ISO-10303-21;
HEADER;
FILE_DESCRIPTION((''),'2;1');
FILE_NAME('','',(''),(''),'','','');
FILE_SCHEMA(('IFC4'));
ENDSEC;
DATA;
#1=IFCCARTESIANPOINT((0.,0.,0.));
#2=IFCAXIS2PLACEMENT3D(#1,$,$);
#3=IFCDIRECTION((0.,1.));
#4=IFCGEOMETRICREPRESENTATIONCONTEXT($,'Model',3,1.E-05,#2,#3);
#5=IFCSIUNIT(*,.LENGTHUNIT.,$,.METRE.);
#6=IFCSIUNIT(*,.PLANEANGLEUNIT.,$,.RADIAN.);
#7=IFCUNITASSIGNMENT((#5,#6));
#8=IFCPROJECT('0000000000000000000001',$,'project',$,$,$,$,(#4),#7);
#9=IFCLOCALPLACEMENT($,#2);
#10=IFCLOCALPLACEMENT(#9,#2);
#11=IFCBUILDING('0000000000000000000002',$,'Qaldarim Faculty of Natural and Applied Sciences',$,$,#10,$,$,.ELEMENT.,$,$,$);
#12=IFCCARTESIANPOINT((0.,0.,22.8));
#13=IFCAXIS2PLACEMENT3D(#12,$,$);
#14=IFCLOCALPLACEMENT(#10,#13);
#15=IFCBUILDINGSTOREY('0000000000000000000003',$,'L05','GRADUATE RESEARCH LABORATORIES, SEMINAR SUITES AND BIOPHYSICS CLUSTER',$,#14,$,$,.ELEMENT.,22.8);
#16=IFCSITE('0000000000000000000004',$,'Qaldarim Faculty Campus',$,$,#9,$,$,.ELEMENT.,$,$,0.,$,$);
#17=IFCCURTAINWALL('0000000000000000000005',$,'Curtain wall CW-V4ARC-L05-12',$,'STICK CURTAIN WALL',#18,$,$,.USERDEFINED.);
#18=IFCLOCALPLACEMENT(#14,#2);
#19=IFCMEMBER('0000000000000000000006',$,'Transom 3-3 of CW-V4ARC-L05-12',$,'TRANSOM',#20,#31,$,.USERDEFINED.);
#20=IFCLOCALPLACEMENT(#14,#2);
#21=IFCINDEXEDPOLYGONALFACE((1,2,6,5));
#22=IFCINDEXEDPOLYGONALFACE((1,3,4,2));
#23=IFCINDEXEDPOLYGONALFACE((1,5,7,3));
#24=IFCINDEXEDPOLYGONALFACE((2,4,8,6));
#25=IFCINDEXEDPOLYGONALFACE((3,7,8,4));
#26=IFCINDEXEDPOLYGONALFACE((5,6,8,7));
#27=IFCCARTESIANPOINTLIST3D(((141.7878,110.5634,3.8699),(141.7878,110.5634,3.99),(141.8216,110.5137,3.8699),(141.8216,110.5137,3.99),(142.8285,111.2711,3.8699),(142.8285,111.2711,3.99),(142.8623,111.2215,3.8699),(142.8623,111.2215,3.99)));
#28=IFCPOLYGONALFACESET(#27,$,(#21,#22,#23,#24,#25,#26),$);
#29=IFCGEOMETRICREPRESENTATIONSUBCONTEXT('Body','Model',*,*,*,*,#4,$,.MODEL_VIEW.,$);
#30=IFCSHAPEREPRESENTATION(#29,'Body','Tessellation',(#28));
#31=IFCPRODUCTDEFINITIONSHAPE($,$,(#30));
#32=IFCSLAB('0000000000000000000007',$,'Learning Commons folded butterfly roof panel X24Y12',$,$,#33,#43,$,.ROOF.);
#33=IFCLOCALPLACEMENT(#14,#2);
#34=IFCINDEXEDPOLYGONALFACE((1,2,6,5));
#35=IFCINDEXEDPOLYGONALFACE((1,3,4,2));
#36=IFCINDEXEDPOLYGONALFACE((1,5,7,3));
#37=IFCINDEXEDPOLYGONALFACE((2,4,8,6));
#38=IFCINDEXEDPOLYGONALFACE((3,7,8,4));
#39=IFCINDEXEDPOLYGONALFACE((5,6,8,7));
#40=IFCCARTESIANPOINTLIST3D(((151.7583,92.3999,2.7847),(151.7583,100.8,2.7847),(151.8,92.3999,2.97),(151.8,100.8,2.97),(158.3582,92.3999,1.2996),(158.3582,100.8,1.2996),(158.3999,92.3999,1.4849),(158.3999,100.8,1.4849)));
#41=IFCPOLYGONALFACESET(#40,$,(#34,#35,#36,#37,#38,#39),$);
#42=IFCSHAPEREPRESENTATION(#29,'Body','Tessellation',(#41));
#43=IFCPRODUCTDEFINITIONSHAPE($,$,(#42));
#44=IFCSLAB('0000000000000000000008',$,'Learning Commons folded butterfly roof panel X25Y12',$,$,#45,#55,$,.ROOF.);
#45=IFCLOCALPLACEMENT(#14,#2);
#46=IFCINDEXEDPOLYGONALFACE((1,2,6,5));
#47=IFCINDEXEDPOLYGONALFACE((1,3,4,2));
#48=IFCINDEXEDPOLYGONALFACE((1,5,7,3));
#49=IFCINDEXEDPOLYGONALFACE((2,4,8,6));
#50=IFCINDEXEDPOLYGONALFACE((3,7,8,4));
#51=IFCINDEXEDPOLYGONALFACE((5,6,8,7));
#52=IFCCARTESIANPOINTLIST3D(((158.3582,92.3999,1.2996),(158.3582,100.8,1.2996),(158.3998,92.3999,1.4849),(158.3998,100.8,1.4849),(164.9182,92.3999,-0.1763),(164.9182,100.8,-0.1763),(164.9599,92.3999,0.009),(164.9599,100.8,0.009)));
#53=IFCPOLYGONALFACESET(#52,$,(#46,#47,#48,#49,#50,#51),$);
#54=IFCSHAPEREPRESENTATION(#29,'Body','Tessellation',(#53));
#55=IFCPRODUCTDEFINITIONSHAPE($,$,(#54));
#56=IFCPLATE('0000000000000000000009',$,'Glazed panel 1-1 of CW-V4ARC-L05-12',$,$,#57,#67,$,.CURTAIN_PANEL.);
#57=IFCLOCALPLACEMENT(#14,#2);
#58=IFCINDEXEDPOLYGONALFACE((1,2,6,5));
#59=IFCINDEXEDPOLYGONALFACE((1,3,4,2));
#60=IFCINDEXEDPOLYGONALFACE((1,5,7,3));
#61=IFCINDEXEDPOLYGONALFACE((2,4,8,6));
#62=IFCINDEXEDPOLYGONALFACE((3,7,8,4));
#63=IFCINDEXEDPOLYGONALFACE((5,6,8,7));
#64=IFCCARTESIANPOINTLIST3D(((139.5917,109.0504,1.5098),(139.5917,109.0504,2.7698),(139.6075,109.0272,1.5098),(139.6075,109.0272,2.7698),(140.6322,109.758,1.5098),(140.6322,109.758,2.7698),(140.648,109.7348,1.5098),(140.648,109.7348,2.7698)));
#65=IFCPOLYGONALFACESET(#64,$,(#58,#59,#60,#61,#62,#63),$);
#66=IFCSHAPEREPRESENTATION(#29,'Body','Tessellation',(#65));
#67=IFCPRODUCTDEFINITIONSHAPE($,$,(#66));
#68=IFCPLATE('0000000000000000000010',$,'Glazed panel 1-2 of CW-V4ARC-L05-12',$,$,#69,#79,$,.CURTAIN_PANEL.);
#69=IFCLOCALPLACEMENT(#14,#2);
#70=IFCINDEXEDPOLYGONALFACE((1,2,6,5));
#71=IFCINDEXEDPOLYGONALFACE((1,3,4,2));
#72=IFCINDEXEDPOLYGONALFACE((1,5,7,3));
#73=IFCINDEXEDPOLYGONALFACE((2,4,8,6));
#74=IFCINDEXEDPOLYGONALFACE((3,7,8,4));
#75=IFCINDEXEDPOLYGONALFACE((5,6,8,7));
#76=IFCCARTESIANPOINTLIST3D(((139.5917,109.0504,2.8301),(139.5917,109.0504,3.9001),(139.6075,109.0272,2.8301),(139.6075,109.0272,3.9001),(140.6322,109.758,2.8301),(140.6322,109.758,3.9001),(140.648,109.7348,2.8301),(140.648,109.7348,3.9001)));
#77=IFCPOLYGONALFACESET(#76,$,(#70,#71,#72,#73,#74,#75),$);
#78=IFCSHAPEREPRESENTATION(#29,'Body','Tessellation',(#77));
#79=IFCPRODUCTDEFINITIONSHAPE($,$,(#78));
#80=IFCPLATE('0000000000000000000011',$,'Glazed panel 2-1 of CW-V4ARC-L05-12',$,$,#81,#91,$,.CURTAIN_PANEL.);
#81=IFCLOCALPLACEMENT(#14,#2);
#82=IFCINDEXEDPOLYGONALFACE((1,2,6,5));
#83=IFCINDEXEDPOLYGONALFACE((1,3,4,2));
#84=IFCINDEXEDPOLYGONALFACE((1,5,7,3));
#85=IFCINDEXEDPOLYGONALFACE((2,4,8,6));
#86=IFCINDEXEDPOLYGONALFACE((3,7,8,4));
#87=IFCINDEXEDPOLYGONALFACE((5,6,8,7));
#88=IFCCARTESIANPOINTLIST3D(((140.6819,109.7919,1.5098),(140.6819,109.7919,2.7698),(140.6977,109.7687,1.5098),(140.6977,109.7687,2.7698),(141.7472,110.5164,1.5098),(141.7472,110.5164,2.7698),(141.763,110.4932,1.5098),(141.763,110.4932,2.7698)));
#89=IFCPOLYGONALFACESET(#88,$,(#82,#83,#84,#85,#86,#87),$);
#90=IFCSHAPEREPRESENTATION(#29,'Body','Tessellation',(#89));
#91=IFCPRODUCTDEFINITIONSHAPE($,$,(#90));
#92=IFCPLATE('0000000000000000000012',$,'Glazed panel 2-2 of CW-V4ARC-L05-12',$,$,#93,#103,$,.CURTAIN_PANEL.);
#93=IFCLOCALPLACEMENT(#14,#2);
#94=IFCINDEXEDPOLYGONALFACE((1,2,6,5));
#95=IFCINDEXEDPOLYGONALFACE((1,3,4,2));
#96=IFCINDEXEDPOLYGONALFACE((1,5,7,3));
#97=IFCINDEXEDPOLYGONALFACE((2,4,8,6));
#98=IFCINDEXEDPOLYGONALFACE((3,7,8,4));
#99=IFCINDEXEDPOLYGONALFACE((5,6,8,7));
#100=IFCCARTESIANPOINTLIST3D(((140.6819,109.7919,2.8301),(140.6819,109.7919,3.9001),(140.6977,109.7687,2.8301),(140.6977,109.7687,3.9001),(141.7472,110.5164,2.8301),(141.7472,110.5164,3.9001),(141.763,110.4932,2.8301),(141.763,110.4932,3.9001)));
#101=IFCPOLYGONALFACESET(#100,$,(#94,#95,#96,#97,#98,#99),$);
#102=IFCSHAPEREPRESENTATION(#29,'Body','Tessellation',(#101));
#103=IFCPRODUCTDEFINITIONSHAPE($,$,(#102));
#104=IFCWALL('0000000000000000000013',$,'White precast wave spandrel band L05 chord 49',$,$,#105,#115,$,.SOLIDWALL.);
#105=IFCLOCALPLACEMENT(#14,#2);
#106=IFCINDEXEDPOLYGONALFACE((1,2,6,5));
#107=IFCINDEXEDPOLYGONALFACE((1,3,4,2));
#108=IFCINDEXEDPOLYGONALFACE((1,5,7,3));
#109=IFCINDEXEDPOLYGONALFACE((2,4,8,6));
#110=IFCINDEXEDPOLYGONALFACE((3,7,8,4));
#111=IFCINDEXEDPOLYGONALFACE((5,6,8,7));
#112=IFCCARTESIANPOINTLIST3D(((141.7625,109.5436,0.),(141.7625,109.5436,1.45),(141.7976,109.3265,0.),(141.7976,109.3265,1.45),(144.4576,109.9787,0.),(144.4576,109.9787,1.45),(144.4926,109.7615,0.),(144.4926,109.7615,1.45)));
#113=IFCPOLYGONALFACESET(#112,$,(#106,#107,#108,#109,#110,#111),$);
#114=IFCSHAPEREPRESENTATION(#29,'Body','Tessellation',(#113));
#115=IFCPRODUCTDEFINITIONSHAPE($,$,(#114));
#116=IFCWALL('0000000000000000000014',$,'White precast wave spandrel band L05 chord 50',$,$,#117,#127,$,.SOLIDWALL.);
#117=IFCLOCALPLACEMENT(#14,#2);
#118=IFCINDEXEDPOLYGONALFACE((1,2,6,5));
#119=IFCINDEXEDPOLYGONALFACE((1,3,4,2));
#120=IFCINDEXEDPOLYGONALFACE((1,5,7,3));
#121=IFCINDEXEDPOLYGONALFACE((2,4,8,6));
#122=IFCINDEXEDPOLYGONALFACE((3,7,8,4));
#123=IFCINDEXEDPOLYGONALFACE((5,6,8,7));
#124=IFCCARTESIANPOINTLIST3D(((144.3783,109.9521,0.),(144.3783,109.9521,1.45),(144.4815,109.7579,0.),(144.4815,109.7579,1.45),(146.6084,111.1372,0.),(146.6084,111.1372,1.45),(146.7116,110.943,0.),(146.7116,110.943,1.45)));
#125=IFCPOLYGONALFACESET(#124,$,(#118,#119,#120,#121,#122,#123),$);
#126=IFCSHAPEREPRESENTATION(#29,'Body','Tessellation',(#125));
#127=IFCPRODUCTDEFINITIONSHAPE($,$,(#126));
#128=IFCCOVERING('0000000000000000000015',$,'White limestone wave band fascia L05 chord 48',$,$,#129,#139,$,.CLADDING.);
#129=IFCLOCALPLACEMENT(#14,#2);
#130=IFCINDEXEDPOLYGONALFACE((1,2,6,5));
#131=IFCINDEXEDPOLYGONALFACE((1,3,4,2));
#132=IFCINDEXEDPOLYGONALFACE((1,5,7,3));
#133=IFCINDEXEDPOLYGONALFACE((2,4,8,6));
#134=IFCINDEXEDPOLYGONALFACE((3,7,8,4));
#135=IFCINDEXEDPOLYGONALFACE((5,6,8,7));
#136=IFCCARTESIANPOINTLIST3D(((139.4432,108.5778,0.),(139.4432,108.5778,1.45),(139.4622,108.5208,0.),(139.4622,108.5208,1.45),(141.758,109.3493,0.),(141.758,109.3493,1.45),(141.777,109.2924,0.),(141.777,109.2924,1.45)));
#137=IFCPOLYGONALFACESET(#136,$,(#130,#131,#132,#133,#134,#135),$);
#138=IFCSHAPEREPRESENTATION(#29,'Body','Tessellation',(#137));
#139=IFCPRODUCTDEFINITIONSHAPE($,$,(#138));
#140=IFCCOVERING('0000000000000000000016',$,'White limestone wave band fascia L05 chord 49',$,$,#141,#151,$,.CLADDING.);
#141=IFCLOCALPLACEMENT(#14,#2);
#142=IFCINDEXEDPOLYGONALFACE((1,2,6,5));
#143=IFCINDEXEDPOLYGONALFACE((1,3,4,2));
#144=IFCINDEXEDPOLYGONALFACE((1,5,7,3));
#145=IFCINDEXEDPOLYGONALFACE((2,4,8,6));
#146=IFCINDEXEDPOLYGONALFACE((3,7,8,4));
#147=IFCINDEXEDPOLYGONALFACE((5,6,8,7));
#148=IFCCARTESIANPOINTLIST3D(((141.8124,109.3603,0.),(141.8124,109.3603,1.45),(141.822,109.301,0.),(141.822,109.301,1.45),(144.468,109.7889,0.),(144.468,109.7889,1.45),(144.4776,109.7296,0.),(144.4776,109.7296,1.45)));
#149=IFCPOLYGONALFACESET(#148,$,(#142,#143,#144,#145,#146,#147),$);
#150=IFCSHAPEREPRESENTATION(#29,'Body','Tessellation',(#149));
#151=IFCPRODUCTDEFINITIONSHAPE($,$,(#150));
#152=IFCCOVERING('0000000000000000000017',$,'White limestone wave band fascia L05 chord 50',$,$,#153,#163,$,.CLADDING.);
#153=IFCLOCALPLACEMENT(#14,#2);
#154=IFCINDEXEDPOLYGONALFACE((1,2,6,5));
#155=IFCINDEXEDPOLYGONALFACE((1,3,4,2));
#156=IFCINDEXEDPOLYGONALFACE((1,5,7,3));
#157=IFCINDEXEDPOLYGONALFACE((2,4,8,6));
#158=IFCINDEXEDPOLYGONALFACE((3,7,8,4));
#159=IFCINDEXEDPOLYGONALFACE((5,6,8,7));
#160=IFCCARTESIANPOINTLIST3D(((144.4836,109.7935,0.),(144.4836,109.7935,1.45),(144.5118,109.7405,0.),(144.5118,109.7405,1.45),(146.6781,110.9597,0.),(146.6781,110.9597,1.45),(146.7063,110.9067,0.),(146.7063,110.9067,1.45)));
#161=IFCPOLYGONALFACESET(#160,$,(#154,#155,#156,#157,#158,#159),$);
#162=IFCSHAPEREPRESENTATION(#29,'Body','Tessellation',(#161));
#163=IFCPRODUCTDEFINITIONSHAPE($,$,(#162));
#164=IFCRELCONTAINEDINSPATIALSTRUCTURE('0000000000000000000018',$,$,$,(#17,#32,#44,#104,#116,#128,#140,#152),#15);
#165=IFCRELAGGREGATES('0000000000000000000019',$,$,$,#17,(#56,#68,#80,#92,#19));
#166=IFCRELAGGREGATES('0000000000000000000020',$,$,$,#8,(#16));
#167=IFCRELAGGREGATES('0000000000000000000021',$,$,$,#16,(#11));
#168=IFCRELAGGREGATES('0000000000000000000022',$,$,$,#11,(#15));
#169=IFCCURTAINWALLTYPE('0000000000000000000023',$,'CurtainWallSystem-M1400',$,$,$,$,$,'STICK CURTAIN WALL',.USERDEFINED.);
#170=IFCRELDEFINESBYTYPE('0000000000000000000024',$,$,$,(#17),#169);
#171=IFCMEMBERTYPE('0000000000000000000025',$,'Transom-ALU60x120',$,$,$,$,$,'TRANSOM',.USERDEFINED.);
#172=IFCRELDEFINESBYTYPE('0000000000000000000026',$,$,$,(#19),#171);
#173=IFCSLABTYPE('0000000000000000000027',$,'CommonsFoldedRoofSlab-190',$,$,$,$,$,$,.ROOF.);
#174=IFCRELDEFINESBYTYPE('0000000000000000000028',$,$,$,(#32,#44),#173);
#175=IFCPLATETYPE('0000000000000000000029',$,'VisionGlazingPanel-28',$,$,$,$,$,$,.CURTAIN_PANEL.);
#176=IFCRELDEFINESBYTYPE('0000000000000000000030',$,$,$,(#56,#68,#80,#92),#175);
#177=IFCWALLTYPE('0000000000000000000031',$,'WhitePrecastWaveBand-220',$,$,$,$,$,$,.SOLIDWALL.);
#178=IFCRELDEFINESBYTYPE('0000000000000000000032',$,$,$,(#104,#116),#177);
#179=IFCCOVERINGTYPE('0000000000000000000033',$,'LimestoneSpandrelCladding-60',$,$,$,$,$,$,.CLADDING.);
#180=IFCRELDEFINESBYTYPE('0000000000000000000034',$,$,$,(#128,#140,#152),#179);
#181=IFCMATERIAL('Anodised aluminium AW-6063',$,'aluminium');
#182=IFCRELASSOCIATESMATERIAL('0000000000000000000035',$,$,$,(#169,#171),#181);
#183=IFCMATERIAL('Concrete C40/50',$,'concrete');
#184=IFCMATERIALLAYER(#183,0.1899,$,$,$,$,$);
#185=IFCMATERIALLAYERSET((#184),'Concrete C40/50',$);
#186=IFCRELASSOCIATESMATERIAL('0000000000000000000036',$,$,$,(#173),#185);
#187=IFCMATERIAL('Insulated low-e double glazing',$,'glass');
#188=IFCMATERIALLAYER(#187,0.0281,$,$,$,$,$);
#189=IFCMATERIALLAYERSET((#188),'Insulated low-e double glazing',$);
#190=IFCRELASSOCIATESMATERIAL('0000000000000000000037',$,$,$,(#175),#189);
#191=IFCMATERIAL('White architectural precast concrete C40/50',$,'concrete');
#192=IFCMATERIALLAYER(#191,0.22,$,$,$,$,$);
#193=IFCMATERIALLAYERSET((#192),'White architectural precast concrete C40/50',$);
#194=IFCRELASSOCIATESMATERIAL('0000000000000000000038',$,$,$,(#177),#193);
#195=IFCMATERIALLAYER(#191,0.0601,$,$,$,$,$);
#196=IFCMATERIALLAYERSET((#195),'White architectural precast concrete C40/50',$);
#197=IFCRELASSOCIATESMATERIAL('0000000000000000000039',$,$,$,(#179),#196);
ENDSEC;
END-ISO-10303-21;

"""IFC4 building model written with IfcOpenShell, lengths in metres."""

from ifc_helpers import new_model, si_unit, direction, frame, frame_2d, origin, origin_2d, place, context, subcontext, project, spatial, polyline, rectangle, outline, extrude, material, layer, layer_set, material_profile, profile_set, type_object, element, aggregate, save


model = new_model("IFC4")

# Units and contexts
model_context = context("Model", 3, precision=1e-05, world=origin(), true_north=direction((0.0, 1.0)))
body_context = subcontext(model_context, "Body", "Model", "MODEL_VIEW")
ifc_project = project(units=[si_unit("LENGTHUNIT", "METRE"), si_unit("PLANEANGLEUNIT", "RADIAN")], contexts=[model_context])

# Site, building, storey
site_placement = place(None, origin())
site = spatial("IfcSite", under=ifc_project, at=site_placement, Name="Qaldarim Faculty Campus", CompositionType="ELEMENT", RefElevation=0.0)
building_placement = place(site_placement, origin())
building = spatial("IfcBuilding", under=site, at=building_placement, Name="Qaldarim Faculty of Natural and Applied Sciences", CompositionType="ELEMENT")
storey_placement = place(building_placement, frame((0.0, 0.0, 22.8)))
storey = spatial("IfcBuildingStorey", under=building, at=storey_placement, Name="L05", Description="GRADUATE RESEARCH LABORATORIES, SEMINAR SUITES AND BIOPHYSICS CLUSTER", CompositionType="ELEMENT", Elevation=22.8)

# Curtain wall
ifc_material_1 = material(Name="Anodised aluminium AW-6063", Category="aluminium")
curtain_wall_type = type_object("IfcCurtainWallType", Name="CurtainWallSystem-M1400", ElementType="STICK CURTAIN WALL", PredefinedType="USERDEFINED", material=ifc_material_1)
curtain_wall_placement = place(storey_placement, origin())
curtain_wall = element("IfcCurtainWall", 1, at=curtain_wall_placement, inside=storey, type_object=curtain_wall_type, Name="Curtain wall CW-V4ARC-L05-12", ObjectType="STICK CURTAIN WALL", PredefinedType="USERDEFINED")

# Shared definitions
ifc_material_2 = material(Name="Concrete C40/50", Category="concrete")

# Member
ifc_material_profile_1 = material_profile(ifc_material_1, rectangle(XDim=0.0601, YDim=0.1201, at=origin_2d()), Name="ALU-T60x120")
ifc_profile_set_1 = profile_set([ifc_material_profile_1], Name="Anodised aluminium AW-6063")
member_type_1 = type_object("IfcMemberType", Name="Transom-ALU60x120", ElementType="TRANSOM", PredefinedType="USERDEFINED", material=ifc_profile_set_1)
member_1_placement = place(storey_placement, frame((141.8047, 110.5386, 3.9299), z_axis=(0.826912, 0.562331, 0.0), x_axis=(-0.562331, 0.826912, 0.0)))
member_1 = element("IfcMember", 2, at=member_1_placement, type_object=member_type_1, Name="Transom 3-3 of CW-V4ARC-L05-12", ObjectType="TRANSOM", PredefinedType="USERDEFINED", context=body_context, shape_type="SweptSolid", body=[
    extrude(rectangle(XDim=0.0601, YDim=0.1201, at=origin_2d()), origin(), (0.0, 0.0, 1.0), 1.2585),
])

# Slabs
ifc_layer_1 = layer(ifc_material_2, 0.1899)
ifc_layer_set_1 = layer_set([ifc_layer_1], Name="Concrete C40/50")
slab_type = type_object("IfcSlabType", Name="CommonsFoldedRoofSlab-190", PredefinedType="ROOF", material=ifc_layer_set_1)
slab_1_placement = place(storey_placement, frame((151.7583, 92.3999, 2.7847), z_axis=(0.219532, 0.0, 0.975605), x_axis=(0.975605, 0.0, -0.219532)))
element("IfcSlab", 3, at=slab_1_placement, inside=storey, type_object=slab_type, Name="Learning Commons folded butterfly roof panel X24Y12", PredefinedType="ROOF", context=body_context, shape_type="SweptSolid", body=[
    extrude(outline(polyline([(0.0, 0.0), (6.7649, 0.0), (6.7649, 8.4001), (0.0, 8.4001), (0.0, 0.0)])), origin(), (0.0, 0.0, 1.0), 0.1899),
])
slab_2_placement = place(storey_placement, frame((158.3582, 92.3999, 1.2996), z_axis=(0.219486, 0.0, 0.975616), x_axis=(0.975616, 0.0, -0.219486)))
element("IfcSlab", 4, at=slab_2_placement, inside=storey, type_object=slab_type, Name="Learning Commons folded butterfly roof panel X25Y12", PredefinedType="ROOF", context=body_context, shape_type="SweptSolid", body=[
    extrude(outline(polyline([(0.0, 0.0), (6.724, 0.0), (6.724, 8.4001), (0.0, 8.4001), (0.0, 0.0)])), origin(), (0.0, 0.0, 1.0), 0.1899),
])

# Plates
ifc_material_3 = material(Name="Insulated low-e double glazing", Category="glass")
ifc_layer_2 = layer(ifc_material_3, 0.0281)
ifc_layer_set_2 = layer_set([ifc_layer_2], Name="Insulated low-e double glazing")
plate_type = type_object("IfcPlateType", Name="VisionGlazingPanel-28", PredefinedType="CURTAIN_PANEL", material=ifc_layer_set_2)
plate_1_placement = place(storey_placement, frame((140.1199, 109.3926, 1.5098), z_axis=(0.0, 0.0, 1.0), x_axis=(0.826884, 0.562372, 0.0)))
plate_1 = element("IfcPlate", 5, at=plate_1_placement, type_object=plate_type, Name="Glazed panel 1-1 of CW-V4ARC-L05-12", PredefinedType="CURTAIN_PANEL", context=body_context, shape_type="SweptSolid", body=[
    extrude(rectangle(XDim=1.2583, YDim=0.0281, at=origin_2d()), origin(), (0.0, 0.0, 1.0), 1.26),
])
plate_2_placement = place(storey_placement, frame((140.1199, 109.3926, 2.8301), z_axis=(0.0, 0.0, 1.0), x_axis=(0.826884, 0.562372, 0.0)))
plate_2 = element("IfcPlate", 6, at=plate_2_placement, type_object=plate_type, Name="Glazed panel 1-2 of CW-V4ARC-L05-12", PredefinedType="CURTAIN_PANEL", context=body_context, shape_type="SweptSolid", body=[
    extrude(rectangle(XDim=1.2583, YDim=0.0281, at=origin_2d()), origin(), (0.0, 0.0, 1.0), 1.0701),
])
plate_3_placement = place(storey_placement, frame((141.2224, 110.1426, 1.5098), z_axis=(0.0, 0.0, 1.0), x_axis=(0.826884, 0.562372, 0.0)))
plate_3 = element("IfcPlate", 7, at=plate_3_placement, type_object=plate_type, Name="Glazed panel 2-1 of CW-V4ARC-L05-12", PredefinedType="CURTAIN_PANEL", context=body_context, shape_type="SweptSolid", body=[
    extrude(rectangle(XDim=1.2883, YDim=0.0281, at=origin_2d()), origin(), (0.0, 0.0, 1.0), 1.26),
])
plate_4_placement = place(storey_placement, frame((141.2224, 110.1426, 2.8301), z_axis=(0.0, 0.0, 1.0), x_axis=(0.826884, 0.562372, 0.0)))
plate_4 = element("IfcPlate", 8, at=plate_4_placement, type_object=plate_type, Name="Glazed panel 2-2 of CW-V4ARC-L05-12", PredefinedType="CURTAIN_PANEL", context=body_context, shape_type="SweptSolid", body=[
    extrude(rectangle(XDim=1.2883, YDim=0.0281, at=origin_2d()), origin(), (0.0, 0.0, 1.0), 1.0701),
])
aggregate(curtain_wall, [plate_1, plate_2, plate_3, plate_4, member_1])

# Walls
ifc_material_4 = material(Name="White architectural precast concrete C40/50", Category="concrete")
ifc_layer_3 = layer(ifc_material_4, 0.22)
ifc_layer_set_3 = layer_set([ifc_layer_3], Name="White architectural precast concrete C40/50")
wall_type = type_object("IfcWallType", Name="WhitePrecastWaveBand-220", PredefinedType="SOLIDWALL", material=ifc_layer_set_3)
wall_1_placement = place(storey_placement, frame((141.78, 109.4351, 0.0), z_axis=(0.0, 0.0, 1.0), x_axis=(0.98722, 0.159365, 0.0)))
element("IfcWall", 9, at=wall_1_placement, inside=storey, type_object=wall_type, Name="White precast wave spandrel band L05 chord 49", PredefinedType="SOLIDWALL", context=body_context, shape_type="SweptSolid", body=[
    extrude(rectangle(XDim=2.73, YDim=0.22, at=frame_2d((1.365, 0.0))), origin(), (0.0, 0.0, 1.0), 1.45),
])
wall_2_placement = place(storey_placement, frame((144.4299, 109.855, 0.0), z_axis=(0.0, 0.0, 1.0), x_axis=(0.883053, 0.469273, 0.0)))
element("IfcWall", 10, at=wall_2_placement, inside=storey, type_object=wall_type, Name="White precast wave spandrel band L05 chord 50", PredefinedType="SOLIDWALL", context=body_context, shape_type="SweptSolid", body=[
    extrude(rectangle(XDim=2.5254, YDim=0.22, at=frame_2d((1.2627, 0.0))), origin(), (0.0, 0.0, 1.0), 1.45),
])

# Coverings
ifc_layer_4 = layer(ifc_material_4, 0.0601)
ifc_layer_set_4 = layer_set([ifc_layer_4], Name="White architectural precast concrete C40/50")
covering_type = type_object("IfcCoveringType", Name="LimestoneSpandrelCladding-60", PredefinedType="CLADDING", material=ifc_layer_set_4)
covering_1_placement = place(storey_placement, frame((140.6101, 108.9351, 0.0), z_axis=(0.0, 0.0, 1.0), x_axis=(0.948683, 0.316229, 0.0)))
element("IfcCovering", 11, at=covering_1_placement, inside=storey, type_object=covering_type, Name="White limestone wave band fascia L05 chord 48", PredefinedType="CLADDING", context=body_context, shape_type="SweptSolid", body=[
    extrude(rectangle(XDim=2.4399, YDim=0.0601, at=origin_2d()), origin(), (0.0, 0.0, 1.0), 1.45),
])
covering_2_placement = place(storey_placement, frame((143.145, 109.5449, 0.0), z_axis=(0.0, 0.0, 1.0), x_axis=(0.987223, 0.159347, 0.0)))
element("IfcCovering", 12, at=covering_2_placement, inside=storey, type_object=covering_type, Name="White limestone wave band fascia L05 chord 49", PredefinedType="CLADDING", context=body_context, shape_type="SweptSolid", body=[
    extrude(rectangle(XDim=2.6899, YDim=0.0601, at=origin_2d()), origin(), (0.0, 0.0, 1.0), 1.45),
])
covering_3_placement = place(storey_placement, frame((145.595, 110.3501, 0.0), z_axis=(0.0, 0.0, 1.0), x_axis=(0.883062, 0.469256, 0.0)))
element("IfcCovering", 13, at=covering_3_placement, inside=storey, type_object=covering_type, Name="White limestone wave band fascia L05 chord 50", PredefinedType="CLADDING", context=body_context, shape_type="SweptSolid", body=[
    extrude(rectangle(XDim=2.4851, YDim=0.0601, at=origin_2d()), origin(), (0.0, 0.0, 1.0), 1.45),
])

save(model, "model.ifc")
